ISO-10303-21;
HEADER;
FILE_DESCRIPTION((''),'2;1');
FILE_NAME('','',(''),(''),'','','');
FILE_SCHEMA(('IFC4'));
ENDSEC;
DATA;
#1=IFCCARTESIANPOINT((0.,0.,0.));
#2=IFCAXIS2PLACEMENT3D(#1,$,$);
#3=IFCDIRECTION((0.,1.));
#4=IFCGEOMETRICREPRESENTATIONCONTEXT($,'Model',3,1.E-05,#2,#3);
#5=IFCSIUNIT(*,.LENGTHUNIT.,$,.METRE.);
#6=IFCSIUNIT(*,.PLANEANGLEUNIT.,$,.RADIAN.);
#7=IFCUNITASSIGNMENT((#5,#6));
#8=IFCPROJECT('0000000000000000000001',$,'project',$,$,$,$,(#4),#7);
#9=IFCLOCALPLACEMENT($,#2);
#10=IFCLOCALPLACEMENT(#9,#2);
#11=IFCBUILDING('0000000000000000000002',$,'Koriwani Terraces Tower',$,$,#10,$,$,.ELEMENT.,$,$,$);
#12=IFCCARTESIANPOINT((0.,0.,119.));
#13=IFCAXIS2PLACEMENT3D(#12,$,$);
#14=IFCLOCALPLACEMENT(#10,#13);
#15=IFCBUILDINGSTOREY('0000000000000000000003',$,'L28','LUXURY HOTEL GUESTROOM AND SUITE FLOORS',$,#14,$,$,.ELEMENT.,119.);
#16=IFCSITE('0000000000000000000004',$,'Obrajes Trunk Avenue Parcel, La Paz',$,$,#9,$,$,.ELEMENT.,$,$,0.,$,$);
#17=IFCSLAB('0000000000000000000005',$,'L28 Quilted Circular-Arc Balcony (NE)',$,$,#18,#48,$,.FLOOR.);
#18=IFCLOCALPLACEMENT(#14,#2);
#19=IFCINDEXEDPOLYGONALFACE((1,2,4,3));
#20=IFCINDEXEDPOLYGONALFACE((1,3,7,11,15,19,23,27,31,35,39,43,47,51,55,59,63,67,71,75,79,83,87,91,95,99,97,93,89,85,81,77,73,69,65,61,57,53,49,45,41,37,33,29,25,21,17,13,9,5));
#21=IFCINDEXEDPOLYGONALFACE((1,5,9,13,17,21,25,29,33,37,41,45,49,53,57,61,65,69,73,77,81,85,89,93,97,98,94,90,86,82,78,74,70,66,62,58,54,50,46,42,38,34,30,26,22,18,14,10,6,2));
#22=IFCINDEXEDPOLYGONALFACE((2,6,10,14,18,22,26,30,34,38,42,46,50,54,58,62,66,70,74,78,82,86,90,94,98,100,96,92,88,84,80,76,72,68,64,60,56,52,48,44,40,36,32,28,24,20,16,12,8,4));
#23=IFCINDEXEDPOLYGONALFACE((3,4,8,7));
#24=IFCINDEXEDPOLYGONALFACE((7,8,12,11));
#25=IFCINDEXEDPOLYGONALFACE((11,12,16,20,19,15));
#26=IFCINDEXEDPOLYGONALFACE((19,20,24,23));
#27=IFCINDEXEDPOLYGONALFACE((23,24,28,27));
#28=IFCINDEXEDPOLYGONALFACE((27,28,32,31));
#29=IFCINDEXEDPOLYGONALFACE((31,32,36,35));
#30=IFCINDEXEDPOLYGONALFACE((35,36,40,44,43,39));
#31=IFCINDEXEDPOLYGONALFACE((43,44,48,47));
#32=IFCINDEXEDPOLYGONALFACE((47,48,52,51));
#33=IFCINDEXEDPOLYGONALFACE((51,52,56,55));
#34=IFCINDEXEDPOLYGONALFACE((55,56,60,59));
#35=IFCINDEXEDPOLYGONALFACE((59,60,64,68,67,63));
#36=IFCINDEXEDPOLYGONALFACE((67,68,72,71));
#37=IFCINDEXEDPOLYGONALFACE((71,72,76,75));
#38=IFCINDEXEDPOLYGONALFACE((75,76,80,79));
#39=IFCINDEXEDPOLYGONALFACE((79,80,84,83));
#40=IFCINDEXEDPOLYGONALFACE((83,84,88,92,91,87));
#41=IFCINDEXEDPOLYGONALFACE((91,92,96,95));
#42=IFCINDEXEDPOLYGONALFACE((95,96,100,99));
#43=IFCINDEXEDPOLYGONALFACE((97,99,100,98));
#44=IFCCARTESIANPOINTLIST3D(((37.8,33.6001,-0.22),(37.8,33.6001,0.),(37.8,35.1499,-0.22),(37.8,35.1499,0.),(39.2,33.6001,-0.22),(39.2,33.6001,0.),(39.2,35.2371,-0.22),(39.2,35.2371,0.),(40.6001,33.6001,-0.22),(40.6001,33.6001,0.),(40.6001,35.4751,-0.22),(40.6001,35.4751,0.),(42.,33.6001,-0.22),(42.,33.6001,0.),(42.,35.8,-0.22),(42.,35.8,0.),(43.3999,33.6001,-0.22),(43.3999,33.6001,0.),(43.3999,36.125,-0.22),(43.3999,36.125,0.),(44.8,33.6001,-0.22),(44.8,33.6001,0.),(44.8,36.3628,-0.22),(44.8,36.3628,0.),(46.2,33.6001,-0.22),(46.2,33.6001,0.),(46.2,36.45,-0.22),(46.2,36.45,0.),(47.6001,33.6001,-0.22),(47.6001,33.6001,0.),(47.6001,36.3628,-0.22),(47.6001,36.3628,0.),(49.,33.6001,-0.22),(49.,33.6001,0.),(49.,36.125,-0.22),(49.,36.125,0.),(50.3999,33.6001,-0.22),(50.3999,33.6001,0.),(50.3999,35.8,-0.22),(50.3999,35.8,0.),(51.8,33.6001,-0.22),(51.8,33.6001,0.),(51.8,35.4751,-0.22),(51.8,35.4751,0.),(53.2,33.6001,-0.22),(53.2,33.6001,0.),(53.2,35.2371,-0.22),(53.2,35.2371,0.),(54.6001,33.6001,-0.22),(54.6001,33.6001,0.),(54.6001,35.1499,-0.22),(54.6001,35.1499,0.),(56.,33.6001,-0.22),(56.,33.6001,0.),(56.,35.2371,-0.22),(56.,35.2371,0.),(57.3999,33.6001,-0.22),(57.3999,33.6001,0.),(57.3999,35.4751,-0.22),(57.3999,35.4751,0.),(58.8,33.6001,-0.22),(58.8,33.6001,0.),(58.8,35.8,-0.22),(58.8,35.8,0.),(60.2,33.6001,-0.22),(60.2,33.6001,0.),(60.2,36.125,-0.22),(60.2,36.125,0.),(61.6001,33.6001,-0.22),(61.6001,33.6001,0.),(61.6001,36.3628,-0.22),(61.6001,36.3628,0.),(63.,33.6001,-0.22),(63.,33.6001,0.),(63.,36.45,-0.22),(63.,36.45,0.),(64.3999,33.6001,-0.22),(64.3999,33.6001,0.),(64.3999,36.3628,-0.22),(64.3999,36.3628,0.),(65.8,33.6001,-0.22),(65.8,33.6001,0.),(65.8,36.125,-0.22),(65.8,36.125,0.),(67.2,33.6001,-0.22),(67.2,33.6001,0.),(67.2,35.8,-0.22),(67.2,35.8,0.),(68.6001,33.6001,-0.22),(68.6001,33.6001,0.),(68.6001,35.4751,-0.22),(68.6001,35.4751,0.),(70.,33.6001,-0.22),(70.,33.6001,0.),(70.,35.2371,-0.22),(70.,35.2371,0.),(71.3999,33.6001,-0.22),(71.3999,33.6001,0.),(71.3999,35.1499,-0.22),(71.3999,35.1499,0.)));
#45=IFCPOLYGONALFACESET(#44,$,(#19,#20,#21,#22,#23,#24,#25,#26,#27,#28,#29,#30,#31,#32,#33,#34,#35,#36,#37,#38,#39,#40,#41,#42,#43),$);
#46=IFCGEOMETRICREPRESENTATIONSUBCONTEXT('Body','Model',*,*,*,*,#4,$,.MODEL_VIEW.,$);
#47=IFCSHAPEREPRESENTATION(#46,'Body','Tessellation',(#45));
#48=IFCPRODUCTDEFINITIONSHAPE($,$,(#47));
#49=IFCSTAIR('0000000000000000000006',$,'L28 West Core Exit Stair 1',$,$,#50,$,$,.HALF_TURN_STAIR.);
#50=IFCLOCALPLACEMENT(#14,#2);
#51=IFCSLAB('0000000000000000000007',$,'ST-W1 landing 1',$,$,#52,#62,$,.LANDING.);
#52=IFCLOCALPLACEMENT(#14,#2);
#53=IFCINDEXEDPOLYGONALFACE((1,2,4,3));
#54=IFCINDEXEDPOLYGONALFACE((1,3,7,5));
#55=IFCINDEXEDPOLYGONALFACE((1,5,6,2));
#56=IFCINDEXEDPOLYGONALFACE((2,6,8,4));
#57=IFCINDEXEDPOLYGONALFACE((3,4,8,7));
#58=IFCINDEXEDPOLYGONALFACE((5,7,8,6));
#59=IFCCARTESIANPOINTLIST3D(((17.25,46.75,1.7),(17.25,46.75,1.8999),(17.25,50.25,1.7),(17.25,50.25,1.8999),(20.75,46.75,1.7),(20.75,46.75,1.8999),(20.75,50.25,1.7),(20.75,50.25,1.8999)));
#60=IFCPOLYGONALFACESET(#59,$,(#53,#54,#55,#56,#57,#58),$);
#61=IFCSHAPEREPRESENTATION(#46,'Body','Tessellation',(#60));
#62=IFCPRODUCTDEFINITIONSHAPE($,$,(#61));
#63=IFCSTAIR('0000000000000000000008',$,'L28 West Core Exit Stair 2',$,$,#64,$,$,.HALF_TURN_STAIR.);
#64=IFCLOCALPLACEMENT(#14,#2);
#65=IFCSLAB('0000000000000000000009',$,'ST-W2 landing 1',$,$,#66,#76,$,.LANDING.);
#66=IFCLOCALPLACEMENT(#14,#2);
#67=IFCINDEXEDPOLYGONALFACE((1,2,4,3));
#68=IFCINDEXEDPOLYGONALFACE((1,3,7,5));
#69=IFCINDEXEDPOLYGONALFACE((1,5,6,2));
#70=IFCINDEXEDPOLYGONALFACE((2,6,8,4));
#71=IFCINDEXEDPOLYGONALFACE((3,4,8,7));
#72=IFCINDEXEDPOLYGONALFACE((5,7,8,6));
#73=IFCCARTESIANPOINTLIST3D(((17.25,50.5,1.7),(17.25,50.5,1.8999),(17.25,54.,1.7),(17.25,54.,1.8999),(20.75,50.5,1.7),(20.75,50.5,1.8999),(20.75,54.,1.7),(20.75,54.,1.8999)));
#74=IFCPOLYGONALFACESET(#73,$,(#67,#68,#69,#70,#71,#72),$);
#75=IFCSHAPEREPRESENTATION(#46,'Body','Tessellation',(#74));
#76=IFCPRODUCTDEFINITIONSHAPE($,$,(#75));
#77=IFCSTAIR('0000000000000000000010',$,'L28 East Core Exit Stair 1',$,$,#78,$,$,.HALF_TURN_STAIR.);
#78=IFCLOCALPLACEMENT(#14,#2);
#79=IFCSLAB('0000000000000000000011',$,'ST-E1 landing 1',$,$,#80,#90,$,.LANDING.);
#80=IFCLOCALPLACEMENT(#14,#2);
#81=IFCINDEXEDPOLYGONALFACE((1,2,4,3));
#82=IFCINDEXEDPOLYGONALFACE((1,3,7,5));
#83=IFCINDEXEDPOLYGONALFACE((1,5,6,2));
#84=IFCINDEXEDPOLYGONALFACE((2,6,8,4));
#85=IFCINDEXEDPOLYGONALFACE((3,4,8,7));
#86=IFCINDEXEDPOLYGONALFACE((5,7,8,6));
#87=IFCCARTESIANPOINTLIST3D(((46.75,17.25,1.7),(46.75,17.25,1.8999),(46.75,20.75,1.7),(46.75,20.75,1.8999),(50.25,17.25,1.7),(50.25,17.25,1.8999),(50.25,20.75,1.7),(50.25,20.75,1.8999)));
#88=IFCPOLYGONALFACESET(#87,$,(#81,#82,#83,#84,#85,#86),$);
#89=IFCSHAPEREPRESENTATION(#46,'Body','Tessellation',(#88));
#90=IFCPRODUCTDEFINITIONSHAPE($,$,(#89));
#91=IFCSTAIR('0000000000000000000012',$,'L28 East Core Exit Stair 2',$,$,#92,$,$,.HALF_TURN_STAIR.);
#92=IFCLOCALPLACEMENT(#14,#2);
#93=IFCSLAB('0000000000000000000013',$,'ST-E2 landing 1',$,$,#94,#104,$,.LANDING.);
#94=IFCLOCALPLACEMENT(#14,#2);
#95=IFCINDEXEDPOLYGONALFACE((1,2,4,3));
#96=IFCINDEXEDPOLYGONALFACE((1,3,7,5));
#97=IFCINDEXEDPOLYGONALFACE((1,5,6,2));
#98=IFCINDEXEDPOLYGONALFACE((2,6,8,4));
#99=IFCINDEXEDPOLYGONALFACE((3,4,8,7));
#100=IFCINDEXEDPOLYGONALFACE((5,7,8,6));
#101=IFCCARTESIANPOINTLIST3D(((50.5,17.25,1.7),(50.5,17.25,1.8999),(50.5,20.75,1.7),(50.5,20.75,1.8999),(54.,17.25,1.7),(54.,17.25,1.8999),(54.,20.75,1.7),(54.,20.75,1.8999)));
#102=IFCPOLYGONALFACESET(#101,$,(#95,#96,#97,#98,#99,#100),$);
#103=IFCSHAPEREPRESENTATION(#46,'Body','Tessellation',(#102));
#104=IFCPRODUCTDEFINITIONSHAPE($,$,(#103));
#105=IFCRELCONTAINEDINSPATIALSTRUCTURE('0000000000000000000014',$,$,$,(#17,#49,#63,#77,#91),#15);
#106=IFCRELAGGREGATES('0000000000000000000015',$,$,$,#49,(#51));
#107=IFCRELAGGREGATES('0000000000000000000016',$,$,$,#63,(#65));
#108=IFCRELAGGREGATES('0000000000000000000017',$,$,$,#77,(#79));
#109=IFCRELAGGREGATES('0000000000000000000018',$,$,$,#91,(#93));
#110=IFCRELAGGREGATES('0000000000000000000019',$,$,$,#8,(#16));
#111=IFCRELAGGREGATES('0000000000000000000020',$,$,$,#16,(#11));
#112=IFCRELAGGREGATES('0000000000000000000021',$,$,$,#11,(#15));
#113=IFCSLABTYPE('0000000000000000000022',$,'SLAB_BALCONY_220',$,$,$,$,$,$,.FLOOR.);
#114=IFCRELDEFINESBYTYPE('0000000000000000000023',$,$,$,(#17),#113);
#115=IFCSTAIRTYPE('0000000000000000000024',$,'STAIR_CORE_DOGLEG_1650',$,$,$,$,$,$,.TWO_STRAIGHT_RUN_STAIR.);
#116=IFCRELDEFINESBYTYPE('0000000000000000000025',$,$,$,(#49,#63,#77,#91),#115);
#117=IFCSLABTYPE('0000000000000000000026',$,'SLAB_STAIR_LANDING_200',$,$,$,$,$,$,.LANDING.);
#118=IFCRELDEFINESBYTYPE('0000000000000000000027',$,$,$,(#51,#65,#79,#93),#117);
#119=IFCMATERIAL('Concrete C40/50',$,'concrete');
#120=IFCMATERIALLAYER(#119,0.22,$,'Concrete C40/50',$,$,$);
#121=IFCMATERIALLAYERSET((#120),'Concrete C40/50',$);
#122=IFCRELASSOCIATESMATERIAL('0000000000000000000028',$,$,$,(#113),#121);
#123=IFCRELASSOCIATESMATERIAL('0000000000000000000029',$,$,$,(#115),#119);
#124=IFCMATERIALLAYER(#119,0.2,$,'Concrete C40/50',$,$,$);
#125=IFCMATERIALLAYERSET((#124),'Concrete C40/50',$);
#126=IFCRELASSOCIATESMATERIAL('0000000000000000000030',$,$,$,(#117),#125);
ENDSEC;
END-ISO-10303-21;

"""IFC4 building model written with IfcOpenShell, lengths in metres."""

from ifc_helpers import new_model, si_unit, direction, frame, origin, place, context, subcontext, project, spatial, polyline, outline, extrude, material, layer, layer_set, type_object, element, aggregate, save


model = new_model("IFC4")

# Units and contexts
model_context = context("Model", 3, precision=1e-05, world=origin(), true_north=direction((0.0, 1.0)))
body_context = subcontext(model_context, "Body", "Model", "MODEL_VIEW")
ifc_project = project(units=[si_unit("LENGTHUNIT", "METRE"), si_unit("PLANEANGLEUNIT", "RADIAN")], contexts=[model_context])

# Site, building, storey
site_placement = place(None, origin())
site = spatial("IfcSite", under=ifc_project, at=site_placement, Name="Obrajes Trunk Avenue Parcel, La Paz", CompositionType="ELEMENT", RefElevation=0.0)
building_placement = place(site_placement, origin())
building = spatial("IfcBuilding", under=site, at=building_placement, Name="Koriwani Terraces Tower", CompositionType="ELEMENT")
storey_placement = place(building_placement, frame((0.0, 0.0, 119.0)))
storey = spatial("IfcBuildingStorey", under=building, at=storey_placement, Name="L28", Description="LUXURY HOTEL GUESTROOM AND SUITE FLOORS", CompositionType="ELEMENT", Elevation=119.0)

# Shared definitions
ifc_material_1 = material(Name="Concrete C40/50", Category="concrete")

# Slab
ifc_layer_1 = layer(ifc_material_1, 0.22, Name="Concrete C40/50")
ifc_layer_set_1 = layer_set([ifc_layer_1], Name="Concrete C40/50")
slab_type_1 = type_object("IfcSlabType", Name="SLAB_BALCONY_220", PredefinedType="FLOOR", material=ifc_layer_set_1)
slab_1_placement = place(storey_placement, frame((0.0, 0.0, -0.22)))
element("IfcSlab", 1, at=slab_1_placement, inside=storey, type_object=slab_type_1, Name="L28 Quilted Circular-Arc Balcony (NE)", PredefinedType="FLOOR", context=body_context, shape_type="SweptSolid", body=[
    extrude(outline(polyline([(71.3999, 33.6001), (70.0, 33.6001), (68.6001, 33.6001), (67.2, 33.6001), (65.8, 33.6001), (64.3999, 33.6001), (63.0, 33.6001), (61.6001, 33.6001), (60.2, 33.6001), (58.8, 33.6001), (57.3999, 33.6001), (56.0, 33.6001), (54.6001, 33.6001), (53.2, 33.6001), (51.8, 33.6001), (50.3999, 33.6001), (49.0, 33.6001), (47.6001, 33.6001), (46.2, 33.6001), (44.8, 33.6001), (43.3999, 33.6001), (42.0, 33.6001), (40.6001, 33.6001), (39.2, 33.6001), (37.8, 33.6001), (37.8, 35.1499), (39.2, 35.2371), (40.6001, 35.4751), (42.0, 35.8), (43.3999, 36.125), (44.8, 36.3628), (46.2, 36.45), (47.6001, 36.3628), (49.0, 36.125), (50.3999, 35.8), (51.8, 35.4751), (53.2, 35.2371), (54.6001, 35.1499), (56.0, 35.2371), (57.3999, 35.4751), (58.8, 35.8), (60.2, 36.125), (61.6001, 36.3628), (63.0, 36.45), (64.3999, 36.3628), (65.8, 36.125), (67.2, 35.8), (68.6001, 35.4751), (70.0, 35.2371), (71.3999, 35.1499), (71.3999, 33.6001)])), origin(), (0.0, 0.0, 1.0), 0.22),
])

# Stairs, slabs
stair_type = type_object("IfcStairType", Name="STAIR_CORE_DOGLEG_1650", PredefinedType="TWO_STRAIGHT_RUN_STAIR", material=ifc_material_1)
stair_1_placement = place(storey_placement, origin())
stair_1 = element("IfcStair", 2, at=stair_1_placement, inside=storey, type_object=stair_type, Name="L28 West Core Exit Stair 1", PredefinedType="HALF_TURN_STAIR")
ifc_layer_2 = layer(ifc_material_1, 0.2, Name="Concrete C40/50")
ifc_layer_set_2 = layer_set([ifc_layer_2], Name="Concrete C40/50")
slab_type_2 = type_object("IfcSlabType", Name="SLAB_STAIR_LANDING_200", PredefinedType="LANDING", material=ifc_layer_set_2)
slab_2_placement = place(storey_placement, frame((0.0, 0.0, 1.7)))
slab_2 = element("IfcSlab", 3, at=slab_2_placement, type_object=slab_type_2, Name="ST-W1 landing 1", PredefinedType="LANDING", context=body_context, shape_type="SweptSolid", body=[
    extrude(outline(polyline([(20.75, 46.75), (20.75, 50.25), (17.25, 50.25), (17.25, 46.75), (20.75, 46.75)])), origin(), (0.0, 0.0, 1.0), 0.2),
])
aggregate(stair_1, [slab_2])
stair_2_placement = place(storey_placement, origin())
stair_2 = element("IfcStair", 4, at=stair_2_placement, inside=storey, type_object=stair_type, Name="L28 West Core Exit Stair 2", PredefinedType="HALF_TURN_STAIR")
slab_3_placement = place(storey_placement, frame((0.0, 0.0, 1.7)))
slab_3 = element("IfcSlab", 5, at=slab_3_placement, type_object=slab_type_2, Name="ST-W2 landing 1", PredefinedType="LANDING", context=body_context, shape_type="SweptSolid", body=[
    extrude(outline(polyline([(17.25, 54.0), (17.25, 50.5), (20.75, 50.5), (20.75, 54.0), (17.25, 54.0)])), origin(), (0.0, 0.0, 1.0), 0.2),
])
aggregate(stair_2, [slab_3])
stair_3_placement = place(storey_placement, origin())
stair_3 = element("IfcStair", 6, at=stair_3_placement, inside=storey, type_object=stair_type, Name="L28 East Core Exit Stair 1", PredefinedType="HALF_TURN_STAIR")
slab_4_placement = place(storey_placement, frame((0.0, 0.0, 1.7)))
slab_4 = element("IfcSlab", 7, at=slab_4_placement, type_object=slab_type_2, Name="ST-E1 landing 1", PredefinedType="LANDING", context=body_context, shape_type="SweptSolid", body=[
    extrude(outline(polyline([(46.75, 17.25), (50.25, 17.25), (50.25, 20.75), (46.75, 20.75), (46.75, 17.25)])), origin(), (0.0, 0.0, 1.0), 0.2),
])
aggregate(stair_3, [slab_4])
stair_4_placement = place(storey_placement, origin())
stair_4 = element("IfcStair", 8, at=stair_4_placement, inside=storey, type_object=stair_type, Name="L28 East Core Exit Stair 2", PredefinedType="HALF_TURN_STAIR")
slab_5_placement = place(storey_placement, frame((0.0, 0.0, 1.7)))
slab_5 = element("IfcSlab", 9, at=slab_5_placement, type_object=slab_type_2, Name="ST-E2 landing 1", PredefinedType="LANDING", context=body_context, shape_type="SweptSolid", body=[
    extrude(outline(polyline([(54.0, 20.75), (50.5, 20.75), (50.5, 17.25), (54.0, 17.25), (54.0, 20.75)])), origin(), (0.0, 0.0, 1.0), 0.2),
])
aggregate(stair_4, [slab_5])

save(model, "model.ifc")
